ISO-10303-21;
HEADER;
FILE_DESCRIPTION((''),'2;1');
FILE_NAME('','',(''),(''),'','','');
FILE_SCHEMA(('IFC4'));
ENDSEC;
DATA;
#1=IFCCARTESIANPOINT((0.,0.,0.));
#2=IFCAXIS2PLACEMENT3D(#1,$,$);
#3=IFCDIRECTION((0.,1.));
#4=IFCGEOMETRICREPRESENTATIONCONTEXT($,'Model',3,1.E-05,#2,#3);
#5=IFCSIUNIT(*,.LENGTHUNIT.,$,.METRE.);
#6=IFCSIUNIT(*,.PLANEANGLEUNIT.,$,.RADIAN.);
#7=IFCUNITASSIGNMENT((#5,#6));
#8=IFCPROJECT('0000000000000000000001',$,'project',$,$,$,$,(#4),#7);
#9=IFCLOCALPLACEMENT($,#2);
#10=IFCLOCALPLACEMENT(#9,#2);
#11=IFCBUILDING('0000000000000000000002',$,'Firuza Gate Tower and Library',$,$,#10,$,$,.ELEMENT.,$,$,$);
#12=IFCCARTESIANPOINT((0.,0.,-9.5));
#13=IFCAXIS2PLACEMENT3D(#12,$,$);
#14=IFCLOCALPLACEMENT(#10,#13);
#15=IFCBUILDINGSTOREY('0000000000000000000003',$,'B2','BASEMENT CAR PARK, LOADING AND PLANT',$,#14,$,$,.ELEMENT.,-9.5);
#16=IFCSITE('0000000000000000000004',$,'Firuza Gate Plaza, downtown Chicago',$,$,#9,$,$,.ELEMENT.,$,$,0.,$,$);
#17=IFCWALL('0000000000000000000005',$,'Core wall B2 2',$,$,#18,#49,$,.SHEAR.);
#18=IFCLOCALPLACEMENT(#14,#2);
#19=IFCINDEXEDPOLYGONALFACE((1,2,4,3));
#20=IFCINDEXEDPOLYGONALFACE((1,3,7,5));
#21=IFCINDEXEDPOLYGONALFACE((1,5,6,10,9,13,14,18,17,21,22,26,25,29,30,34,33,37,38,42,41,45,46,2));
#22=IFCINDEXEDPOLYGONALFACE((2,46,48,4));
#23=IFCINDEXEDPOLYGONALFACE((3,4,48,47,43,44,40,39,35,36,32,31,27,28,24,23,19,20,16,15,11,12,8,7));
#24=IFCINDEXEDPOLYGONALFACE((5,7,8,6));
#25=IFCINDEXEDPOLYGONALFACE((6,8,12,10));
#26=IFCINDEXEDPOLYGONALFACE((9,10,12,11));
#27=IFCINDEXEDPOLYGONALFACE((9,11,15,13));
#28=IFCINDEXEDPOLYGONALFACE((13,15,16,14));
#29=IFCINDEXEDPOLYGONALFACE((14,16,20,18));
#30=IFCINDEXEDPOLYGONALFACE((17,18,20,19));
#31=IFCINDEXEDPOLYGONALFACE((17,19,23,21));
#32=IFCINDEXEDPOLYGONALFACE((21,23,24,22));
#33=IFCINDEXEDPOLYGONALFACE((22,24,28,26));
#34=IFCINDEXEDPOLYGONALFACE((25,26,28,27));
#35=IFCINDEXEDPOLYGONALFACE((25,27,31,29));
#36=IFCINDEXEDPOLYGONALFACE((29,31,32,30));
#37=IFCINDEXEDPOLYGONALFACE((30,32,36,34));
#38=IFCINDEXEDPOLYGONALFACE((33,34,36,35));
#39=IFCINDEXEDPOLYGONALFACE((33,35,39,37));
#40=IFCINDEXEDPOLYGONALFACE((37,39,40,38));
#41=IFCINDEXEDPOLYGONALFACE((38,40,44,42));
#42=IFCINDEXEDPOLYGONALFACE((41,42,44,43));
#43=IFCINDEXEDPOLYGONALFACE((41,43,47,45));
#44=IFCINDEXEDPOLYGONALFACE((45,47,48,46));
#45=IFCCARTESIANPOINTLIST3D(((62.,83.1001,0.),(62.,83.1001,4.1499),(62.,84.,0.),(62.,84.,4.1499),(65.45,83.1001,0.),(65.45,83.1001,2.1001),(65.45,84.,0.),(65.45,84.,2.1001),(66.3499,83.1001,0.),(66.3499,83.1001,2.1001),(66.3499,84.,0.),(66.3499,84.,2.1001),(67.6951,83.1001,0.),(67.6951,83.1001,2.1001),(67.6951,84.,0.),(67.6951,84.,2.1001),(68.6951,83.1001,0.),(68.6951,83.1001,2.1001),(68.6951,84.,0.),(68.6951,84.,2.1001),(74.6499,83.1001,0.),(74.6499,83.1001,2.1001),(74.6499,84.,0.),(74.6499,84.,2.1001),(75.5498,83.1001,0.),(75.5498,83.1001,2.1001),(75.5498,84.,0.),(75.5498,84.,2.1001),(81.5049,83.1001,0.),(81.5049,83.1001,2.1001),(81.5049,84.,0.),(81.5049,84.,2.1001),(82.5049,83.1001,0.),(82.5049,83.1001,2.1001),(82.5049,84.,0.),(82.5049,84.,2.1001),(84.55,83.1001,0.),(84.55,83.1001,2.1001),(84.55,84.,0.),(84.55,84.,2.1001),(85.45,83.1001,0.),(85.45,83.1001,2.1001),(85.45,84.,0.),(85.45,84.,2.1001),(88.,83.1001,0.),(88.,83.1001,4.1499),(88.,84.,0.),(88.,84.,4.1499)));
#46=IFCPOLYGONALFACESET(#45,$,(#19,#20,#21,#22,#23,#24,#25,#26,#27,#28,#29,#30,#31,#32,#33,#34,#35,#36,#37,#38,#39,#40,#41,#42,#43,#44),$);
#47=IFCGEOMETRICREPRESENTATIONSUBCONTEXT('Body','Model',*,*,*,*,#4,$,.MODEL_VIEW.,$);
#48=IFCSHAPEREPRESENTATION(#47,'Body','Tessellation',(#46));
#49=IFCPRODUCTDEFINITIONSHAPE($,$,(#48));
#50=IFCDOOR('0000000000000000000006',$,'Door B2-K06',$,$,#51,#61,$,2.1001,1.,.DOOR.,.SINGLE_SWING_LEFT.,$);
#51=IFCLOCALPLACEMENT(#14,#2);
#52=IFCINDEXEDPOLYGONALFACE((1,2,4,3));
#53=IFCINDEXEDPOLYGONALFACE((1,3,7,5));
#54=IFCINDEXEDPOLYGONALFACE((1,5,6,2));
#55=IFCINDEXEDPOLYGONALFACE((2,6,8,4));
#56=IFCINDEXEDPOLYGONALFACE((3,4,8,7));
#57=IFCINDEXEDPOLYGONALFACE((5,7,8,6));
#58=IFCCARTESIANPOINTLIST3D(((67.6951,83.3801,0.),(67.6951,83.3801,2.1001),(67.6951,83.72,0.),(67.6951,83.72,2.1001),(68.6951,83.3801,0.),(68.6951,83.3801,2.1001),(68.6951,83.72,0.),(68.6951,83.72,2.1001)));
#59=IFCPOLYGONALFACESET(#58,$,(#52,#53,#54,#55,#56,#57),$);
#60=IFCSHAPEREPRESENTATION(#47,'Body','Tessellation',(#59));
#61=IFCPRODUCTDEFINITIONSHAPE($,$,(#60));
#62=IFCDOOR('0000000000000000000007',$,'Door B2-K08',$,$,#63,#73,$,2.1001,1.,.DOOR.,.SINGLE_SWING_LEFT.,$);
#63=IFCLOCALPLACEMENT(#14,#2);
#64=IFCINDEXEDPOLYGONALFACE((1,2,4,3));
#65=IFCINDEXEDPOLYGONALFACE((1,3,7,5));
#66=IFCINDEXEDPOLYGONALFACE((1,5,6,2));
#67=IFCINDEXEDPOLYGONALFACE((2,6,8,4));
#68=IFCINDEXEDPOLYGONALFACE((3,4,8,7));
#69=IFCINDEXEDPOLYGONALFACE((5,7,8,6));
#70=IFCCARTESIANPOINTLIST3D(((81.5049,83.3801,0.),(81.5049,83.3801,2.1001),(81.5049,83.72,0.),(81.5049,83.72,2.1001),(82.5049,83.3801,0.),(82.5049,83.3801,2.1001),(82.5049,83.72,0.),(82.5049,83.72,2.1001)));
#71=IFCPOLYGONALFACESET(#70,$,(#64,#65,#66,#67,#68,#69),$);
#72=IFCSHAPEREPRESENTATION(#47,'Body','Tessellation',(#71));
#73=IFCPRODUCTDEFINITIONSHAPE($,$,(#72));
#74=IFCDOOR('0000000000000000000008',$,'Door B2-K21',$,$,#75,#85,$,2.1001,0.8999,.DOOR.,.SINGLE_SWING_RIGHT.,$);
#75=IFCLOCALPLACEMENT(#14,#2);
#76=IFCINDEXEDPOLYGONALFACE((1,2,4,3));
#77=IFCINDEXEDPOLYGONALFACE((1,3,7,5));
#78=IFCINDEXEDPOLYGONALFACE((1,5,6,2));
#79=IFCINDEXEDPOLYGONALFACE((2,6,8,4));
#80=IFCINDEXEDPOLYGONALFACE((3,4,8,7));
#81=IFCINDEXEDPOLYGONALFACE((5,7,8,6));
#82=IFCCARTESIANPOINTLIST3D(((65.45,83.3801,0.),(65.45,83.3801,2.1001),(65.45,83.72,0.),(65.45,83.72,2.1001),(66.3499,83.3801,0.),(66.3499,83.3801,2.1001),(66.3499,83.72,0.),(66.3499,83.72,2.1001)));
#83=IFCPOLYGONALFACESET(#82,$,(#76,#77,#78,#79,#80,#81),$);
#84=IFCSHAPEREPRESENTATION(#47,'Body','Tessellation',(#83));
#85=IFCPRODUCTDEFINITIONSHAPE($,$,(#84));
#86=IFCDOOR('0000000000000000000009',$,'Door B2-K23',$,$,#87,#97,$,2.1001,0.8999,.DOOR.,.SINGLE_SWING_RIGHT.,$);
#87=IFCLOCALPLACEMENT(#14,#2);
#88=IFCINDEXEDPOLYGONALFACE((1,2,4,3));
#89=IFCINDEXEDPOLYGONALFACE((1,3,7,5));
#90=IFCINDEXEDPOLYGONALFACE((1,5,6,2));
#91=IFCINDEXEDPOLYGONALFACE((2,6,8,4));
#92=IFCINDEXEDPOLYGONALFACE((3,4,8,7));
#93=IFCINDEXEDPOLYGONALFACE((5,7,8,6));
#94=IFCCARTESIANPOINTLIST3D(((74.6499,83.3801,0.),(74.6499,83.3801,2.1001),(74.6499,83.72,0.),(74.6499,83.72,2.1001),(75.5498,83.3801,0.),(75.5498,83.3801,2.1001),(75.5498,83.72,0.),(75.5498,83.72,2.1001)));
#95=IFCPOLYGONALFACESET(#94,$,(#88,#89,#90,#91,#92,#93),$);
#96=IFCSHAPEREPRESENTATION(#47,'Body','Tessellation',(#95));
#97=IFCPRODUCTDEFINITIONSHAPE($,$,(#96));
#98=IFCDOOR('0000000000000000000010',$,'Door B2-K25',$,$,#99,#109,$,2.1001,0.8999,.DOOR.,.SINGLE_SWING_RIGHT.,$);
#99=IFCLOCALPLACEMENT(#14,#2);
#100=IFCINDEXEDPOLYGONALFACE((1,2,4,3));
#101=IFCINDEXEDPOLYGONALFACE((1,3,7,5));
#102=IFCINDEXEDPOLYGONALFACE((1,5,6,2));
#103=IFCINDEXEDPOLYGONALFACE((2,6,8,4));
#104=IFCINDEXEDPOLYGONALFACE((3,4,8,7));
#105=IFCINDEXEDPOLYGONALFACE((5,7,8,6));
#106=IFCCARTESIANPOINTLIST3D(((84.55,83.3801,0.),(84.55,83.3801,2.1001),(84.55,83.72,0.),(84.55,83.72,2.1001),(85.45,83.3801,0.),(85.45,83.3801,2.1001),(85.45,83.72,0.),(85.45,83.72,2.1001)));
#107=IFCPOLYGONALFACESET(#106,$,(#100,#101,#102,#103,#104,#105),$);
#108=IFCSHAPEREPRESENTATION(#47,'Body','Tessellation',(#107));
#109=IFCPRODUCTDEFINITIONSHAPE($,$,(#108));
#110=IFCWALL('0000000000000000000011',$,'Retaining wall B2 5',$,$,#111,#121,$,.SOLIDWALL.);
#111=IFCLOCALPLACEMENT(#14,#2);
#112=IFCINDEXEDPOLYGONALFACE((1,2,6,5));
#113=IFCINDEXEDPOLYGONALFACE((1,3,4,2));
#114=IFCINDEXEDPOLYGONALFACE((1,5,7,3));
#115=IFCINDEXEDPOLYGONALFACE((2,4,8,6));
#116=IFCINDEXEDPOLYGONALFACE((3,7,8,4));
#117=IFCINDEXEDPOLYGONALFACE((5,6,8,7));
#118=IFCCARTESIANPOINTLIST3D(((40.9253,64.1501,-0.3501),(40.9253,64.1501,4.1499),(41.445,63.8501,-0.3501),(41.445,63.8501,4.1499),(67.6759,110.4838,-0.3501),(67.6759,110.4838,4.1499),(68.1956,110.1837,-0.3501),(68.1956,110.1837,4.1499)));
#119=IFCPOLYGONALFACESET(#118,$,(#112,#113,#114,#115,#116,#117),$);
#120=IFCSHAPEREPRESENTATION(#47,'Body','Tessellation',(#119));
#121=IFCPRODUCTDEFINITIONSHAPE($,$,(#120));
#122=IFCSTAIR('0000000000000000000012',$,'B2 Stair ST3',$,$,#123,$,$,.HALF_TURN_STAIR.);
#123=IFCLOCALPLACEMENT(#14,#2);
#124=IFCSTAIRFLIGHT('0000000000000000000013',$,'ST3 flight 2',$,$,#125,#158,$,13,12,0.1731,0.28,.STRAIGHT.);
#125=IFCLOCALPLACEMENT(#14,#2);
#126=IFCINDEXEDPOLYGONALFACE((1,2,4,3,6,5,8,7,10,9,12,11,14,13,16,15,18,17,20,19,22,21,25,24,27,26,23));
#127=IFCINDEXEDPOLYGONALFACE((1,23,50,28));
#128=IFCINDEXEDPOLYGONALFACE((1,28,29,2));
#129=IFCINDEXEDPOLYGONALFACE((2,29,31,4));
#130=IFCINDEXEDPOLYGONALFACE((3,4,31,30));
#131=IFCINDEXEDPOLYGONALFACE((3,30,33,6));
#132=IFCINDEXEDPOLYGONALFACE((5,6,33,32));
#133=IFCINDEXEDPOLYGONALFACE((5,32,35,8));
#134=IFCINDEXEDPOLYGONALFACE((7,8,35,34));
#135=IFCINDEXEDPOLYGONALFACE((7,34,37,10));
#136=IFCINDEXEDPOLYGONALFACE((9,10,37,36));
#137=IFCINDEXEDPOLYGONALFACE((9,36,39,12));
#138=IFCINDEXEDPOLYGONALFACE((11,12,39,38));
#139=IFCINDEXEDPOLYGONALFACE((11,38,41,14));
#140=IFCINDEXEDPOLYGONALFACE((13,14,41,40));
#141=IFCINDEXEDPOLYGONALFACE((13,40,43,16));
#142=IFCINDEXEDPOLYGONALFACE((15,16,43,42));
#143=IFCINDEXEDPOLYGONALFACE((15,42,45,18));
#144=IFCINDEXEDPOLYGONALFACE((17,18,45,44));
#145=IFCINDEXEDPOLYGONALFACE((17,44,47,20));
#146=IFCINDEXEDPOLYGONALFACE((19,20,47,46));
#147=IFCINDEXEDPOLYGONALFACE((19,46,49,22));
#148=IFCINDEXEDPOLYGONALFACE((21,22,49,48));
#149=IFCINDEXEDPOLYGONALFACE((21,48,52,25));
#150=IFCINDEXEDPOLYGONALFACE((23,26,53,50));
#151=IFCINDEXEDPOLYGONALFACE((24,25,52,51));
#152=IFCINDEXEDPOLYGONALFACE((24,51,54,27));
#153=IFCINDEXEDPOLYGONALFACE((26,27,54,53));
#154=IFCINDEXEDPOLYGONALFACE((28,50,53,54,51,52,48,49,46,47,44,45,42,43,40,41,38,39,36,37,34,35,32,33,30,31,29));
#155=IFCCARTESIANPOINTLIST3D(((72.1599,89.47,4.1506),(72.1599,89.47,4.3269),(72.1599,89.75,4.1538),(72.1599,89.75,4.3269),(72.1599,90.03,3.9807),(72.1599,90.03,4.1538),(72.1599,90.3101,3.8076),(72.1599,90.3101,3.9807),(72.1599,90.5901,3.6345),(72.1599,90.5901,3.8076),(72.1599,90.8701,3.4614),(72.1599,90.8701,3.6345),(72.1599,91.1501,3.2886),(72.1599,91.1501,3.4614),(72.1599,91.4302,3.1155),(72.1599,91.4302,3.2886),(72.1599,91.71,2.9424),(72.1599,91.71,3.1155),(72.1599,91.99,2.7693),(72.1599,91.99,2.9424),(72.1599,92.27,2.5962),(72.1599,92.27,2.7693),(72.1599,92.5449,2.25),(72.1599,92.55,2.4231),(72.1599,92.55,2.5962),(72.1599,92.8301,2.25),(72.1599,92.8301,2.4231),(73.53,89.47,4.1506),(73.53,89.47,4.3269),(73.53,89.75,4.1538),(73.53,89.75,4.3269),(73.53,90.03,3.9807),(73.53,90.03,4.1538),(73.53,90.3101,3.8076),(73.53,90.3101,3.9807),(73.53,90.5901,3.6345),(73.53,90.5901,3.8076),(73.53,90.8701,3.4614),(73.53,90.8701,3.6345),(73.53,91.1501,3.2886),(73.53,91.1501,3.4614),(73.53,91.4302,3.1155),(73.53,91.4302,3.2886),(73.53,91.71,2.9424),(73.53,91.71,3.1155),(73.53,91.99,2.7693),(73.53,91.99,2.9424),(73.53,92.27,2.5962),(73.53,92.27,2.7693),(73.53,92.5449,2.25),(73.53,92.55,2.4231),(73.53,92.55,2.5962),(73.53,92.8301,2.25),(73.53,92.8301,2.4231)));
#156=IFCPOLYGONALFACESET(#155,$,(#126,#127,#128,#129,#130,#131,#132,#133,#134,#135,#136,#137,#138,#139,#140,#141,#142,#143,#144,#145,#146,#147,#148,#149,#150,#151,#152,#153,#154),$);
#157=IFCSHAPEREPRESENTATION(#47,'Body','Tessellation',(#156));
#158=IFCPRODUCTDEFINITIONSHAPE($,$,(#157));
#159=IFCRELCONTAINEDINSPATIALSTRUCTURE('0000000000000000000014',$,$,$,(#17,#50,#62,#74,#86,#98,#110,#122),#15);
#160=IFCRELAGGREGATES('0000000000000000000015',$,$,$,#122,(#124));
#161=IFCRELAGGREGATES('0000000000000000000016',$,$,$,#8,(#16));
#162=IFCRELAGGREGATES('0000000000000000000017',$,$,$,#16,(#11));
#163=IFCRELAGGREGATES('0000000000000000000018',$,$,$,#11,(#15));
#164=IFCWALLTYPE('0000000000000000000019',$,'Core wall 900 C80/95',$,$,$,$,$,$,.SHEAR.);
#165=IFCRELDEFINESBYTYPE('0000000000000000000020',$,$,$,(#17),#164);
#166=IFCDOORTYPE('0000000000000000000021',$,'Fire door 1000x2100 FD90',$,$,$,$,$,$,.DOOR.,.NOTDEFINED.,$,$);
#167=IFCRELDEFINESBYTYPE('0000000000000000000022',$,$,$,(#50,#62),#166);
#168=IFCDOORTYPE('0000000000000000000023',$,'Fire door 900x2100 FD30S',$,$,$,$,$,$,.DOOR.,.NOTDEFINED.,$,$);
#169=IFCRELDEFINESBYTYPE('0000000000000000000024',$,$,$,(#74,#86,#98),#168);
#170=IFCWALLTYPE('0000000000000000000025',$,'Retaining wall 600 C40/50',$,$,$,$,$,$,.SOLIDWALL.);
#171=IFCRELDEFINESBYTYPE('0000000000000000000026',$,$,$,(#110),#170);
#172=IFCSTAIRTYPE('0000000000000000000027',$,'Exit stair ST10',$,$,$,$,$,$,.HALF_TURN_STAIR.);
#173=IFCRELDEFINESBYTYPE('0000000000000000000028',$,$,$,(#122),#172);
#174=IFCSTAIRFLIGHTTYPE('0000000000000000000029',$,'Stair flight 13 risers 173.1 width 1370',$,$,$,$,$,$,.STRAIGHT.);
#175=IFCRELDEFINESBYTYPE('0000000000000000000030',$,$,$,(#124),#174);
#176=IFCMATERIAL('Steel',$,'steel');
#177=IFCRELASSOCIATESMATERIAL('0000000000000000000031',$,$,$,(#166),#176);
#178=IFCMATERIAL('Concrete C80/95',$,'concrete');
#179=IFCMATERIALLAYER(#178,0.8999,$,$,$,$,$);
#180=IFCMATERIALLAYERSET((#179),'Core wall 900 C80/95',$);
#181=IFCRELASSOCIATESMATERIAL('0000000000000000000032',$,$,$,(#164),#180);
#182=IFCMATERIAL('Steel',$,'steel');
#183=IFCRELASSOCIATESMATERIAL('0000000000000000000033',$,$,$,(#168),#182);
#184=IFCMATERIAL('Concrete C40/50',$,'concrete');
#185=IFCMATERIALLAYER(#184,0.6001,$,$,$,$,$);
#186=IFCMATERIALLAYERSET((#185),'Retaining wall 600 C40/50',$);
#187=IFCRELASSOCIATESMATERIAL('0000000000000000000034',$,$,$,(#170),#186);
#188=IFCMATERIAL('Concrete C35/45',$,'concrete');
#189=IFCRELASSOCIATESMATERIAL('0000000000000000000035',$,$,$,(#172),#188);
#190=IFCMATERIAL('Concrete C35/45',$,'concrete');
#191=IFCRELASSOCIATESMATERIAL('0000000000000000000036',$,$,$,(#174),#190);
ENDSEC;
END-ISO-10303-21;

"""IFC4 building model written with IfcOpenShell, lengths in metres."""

from ifc_helpers import new_model, si_unit, direction, frame, frame_2d, origin, place, context, subcontext, project, spatial, polyline, rectangle, outline, extrude, material, layer, layer_set, type_object, element, fill, aggregate, save


model = new_model("IFC4")

# Units and contexts
model_context = context("Model", 3, precision=1e-05, world=origin(), true_north=direction((0.0, 1.0)))
body_context = subcontext(model_context, "Body", "Model", "MODEL_VIEW")
ifc_project = project(units=[si_unit("LENGTHUNIT", "METRE"), si_unit("PLANEANGLEUNIT", "RADIAN")], contexts=[model_context])

# Site, building, storey
site_placement = place(None, origin())
site = spatial("IfcSite", under=ifc_project, at=site_placement, Name="Firuza Gate Plaza, downtown Chicago", CompositionType="ELEMENT", RefElevation=0.0)
building_placement = place(site_placement, origin())
building = spatial("IfcBuilding", under=site, at=building_placement, Name="Firuza Gate Tower and Library", CompositionType="ELEMENT")
storey_placement = place(building_placement, frame((0.0, 0.0, -9.5)))
storey = spatial("IfcBuildingStorey", under=building, at=storey_placement, Name="B2", Description="BASEMENT CAR PARK, LOADING AND PLANT", CompositionType="ELEMENT", Elevation=-9.5)

# Shared definitions
ifc_material_1 = material(Name="Steel", Category="steel")
door_type_1 = type_object("IfcDoorType", Name="Fire door 1000x2100 FD90", OperationType="NOTDEFINED", PredefinedType="DOOR", material=ifc_material_1)

# Wall, openings, doors
ifc_material_2 = material(Name="Concrete C80/95", Category="concrete")
ifc_layer_1 = layer(ifc_material_2, 0.8999)
ifc_layer_set_1 = layer_set([ifc_layer_1], Name="Core wall 900 C80/95")
wall_type_1 = type_object("IfcWallType", Name="Core wall 900 C80/95", PredefinedType="SHEAR", material=ifc_layer_set_1)
wall_1_placement = place(storey_placement, frame((62.0, 83.55, 0.0), z_axis=(0.0, 0.0, 1.0), x_axis=(1.0, 0.0, 0.0)))
wall_1 = element("IfcWall", 1, at=wall_1_placement, inside=storey, type_object=wall_type_1, Name="Core wall B2 2", PredefinedType="SHEAR", context=body_context, shape_type="SweptSolid", body=[
    extrude(rectangle(XDim=26.0, YDim=0.8999, at=frame_2d((13.0, 0.0))), origin(), (0.0, 0.0, 1.0), 4.1499),
])
opening_1_placement = place(wall_1_placement, frame((5.6951, 0.0, 0.0)))
opening_1 = element("IfcOpeningElement", 2, at=opening_1_placement, cuts=wall_1, PredefinedType="OPENING", context=body_context, shape_type="SweptSolid", body=[
    extrude(rectangle(XDim=1.0, YDim=2.1001, at=frame_2d((0.5, 1.05))), frame((0.0, 0.46, 0.0), z_axis=(0.0, -1.0, 0.0), x_axis=(1.0, 0.0, 0.0)), (0.0, 0.0, 1.0), 0.9199),
])
opening_2_placement = place(wall_1_placement, frame((19.5049, 0.0, 0.0)))
opening_2 = element("IfcOpeningElement", 3, at=opening_2_placement, cuts=wall_1, PredefinedType="OPENING", context=body_context, shape_type="SweptSolid", body=[
    extrude(rectangle(XDim=1.0, YDim=2.1001, at=frame_2d((0.5, 1.05))), frame((0.0, 0.46, 0.0), z_axis=(0.0, -1.0, 0.0), x_axis=(1.0, 0.0, 0.0)), (0.0, 0.0, 1.0), 0.9199),
])
opening_3_placement = place(wall_1_placement, frame((3.45, 0.0, 0.0)))
opening_3 = element("IfcOpeningElement", 4, at=opening_3_placement, cuts=wall_1, PredefinedType="OPENING", context=body_context, shape_type="SweptSolid", body=[
    extrude(rectangle(XDim=0.8999, YDim=2.1001, at=frame_2d((0.45, 1.05))), frame((0.0, 0.46, 0.0), z_axis=(0.0, -1.0, 0.0), x_axis=(1.0, 0.0, 0.0)), (0.0, 0.0, 1.0), 0.9199),
])
opening_4_placement = place(wall_1_placement, frame((12.6499, 0.0, 0.0)))
opening_4 = element("IfcOpeningElement", 5, at=opening_4_placement, cuts=wall_1, PredefinedType="OPENING", context=body_context, shape_type="SweptSolid", body=[
    extrude(rectangle(XDim=0.8999, YDim=2.1001, at=frame_2d((0.45, 1.05))), frame((0.0, 0.46, 0.0), z_axis=(0.0, -1.0, 0.0), x_axis=(1.0, 0.0, 0.0)), (0.0, 0.0, 1.0), 0.9199),
])
opening_5_placement = place(wall_1_placement, frame((22.55, 0.0, 0.0)))
opening_5 = element("IfcOpeningElement", 6, at=opening_5_placement, cuts=wall_1, PredefinedType="OPENING", context=body_context, shape_type="SweptSolid", body=[
    extrude(rectangle(XDim=0.8999, YDim=2.1001, at=frame_2d((0.45, 1.05))), frame((0.0, 0.46, 0.0), z_axis=(0.0, -1.0, 0.0), x_axis=(1.0, 0.0, 0.0)), (0.0, 0.0, 1.0), 0.9199),
])
door_1_placement = place(opening_1_placement, origin())
door_1 = element("IfcDoor", 7, at=door_1_placement, inside=storey, type_object=door_type_1, Name="Door B2-K06", OperationType="SINGLE_SWING_LEFT", OverallHeight=2.1001, OverallWidth=1.0, PredefinedType="DOOR", context=body_context, shape_type="SweptSolid", body=[
    extrude(rectangle(XDim=1.0, YDim=2.1001, at=frame_2d((0.5, 1.05))), frame((0.0, 0.1699, 0.0), z_axis=(0.0, -1.0, 0.0), x_axis=(1.0, 0.0, 0.0)), (0.0, 0.0, 1.0), 0.3398),
])
fill(opening_1, door_1)
door_2_placement = place(opening_2_placement, origin())
door_2 = element("IfcDoor", 8, at=door_2_placement, inside=storey, type_object=door_type_1, Name="Door B2-K08", OperationType="SINGLE_SWING_LEFT", OverallHeight=2.1001, OverallWidth=1.0, PredefinedType="DOOR", context=body_context, shape_type="SweptSolid", body=[
    extrude(rectangle(XDim=1.0, YDim=2.1001, at=frame_2d((0.5, 1.05))), frame((0.0, 0.1699, 0.0), z_axis=(0.0, -1.0, 0.0), x_axis=(1.0, 0.0, 0.0)), (0.0, 0.0, 1.0), 0.3398),
])
fill(opening_2, door_2)
ifc_material_3 = material(Name="Steel", Category="steel")
door_type_2 = type_object("IfcDoorType", Name="Fire door 900x2100 FD30S", OperationType="NOTDEFINED", PredefinedType="DOOR", material=ifc_material_3)
door_3_placement = place(opening_3_placement, origin())
door_3 = element("IfcDoor", 9, at=door_3_placement, inside=storey, type_object=door_type_2, Name="Door B2-K21", OperationType="SINGLE_SWING_RIGHT", OverallHeight=2.1001, OverallWidth=0.8999, PredefinedType="DOOR", context=body_context, shape_type="SweptSolid", body=[
    extrude(rectangle(XDim=0.8999, YDim=2.1001, at=frame_2d((0.45, 1.05))), frame((0.0, 0.1699, 0.0), z_axis=(0.0, -1.0, 0.0), x_axis=(1.0, 0.0, 0.0)), (0.0, 0.0, 1.0), 0.3398),
])
fill(opening_3, door_3)
door_4_placement = place(opening_4_placement, origin())
door_4 = element("IfcDoor", 10, at=door_4_placement, inside=storey, type_object=door_type_2, Name="Door B2-K23", OperationType="SINGLE_SWING_RIGHT", OverallHeight=2.1001, OverallWidth=0.8999, PredefinedType="DOOR", context=body_context, shape_type="SweptSolid", body=[
    extrude(rectangle(XDim=0.8999, YDim=2.1001, at=frame_2d((0.45, 1.05))), frame((0.0, 0.1699, 0.0), z_axis=(0.0, -1.0, 0.0), x_axis=(1.0, 0.0, 0.0)), (0.0, 0.0, 1.0), 0.3398),
])
fill(opening_4, door_4)
door_5_placement = place(opening_5_placement, origin())
door_5 = element("IfcDoor", 11, at=door_5_placement, inside=storey, type_object=door_type_2, Name="Door B2-K25", OperationType="SINGLE_SWING_RIGHT", OverallHeight=2.1001, OverallWidth=0.8999, PredefinedType="DOOR", context=body_context, shape_type="SweptSolid", body=[
    extrude(rectangle(XDim=0.8999, YDim=2.1001, at=frame_2d((0.45, 1.05))), frame((0.0, 0.1699, 0.0), z_axis=(0.0, -1.0, 0.0), x_axis=(1.0, 0.0, 0.0)), (0.0, 0.0, 1.0), 0.3398),
])
fill(opening_5, door_5)

# Wall
ifc_material_4 = material(Name="Concrete C40/50", Category="concrete")
ifc_layer_2 = layer(ifc_material_4, 0.6001)
ifc_layer_set_2 = layer_set([ifc_layer_2], Name="Retaining wall 600 C40/50")
wall_type_2 = type_object("IfcWallType", Name="Retaining wall 600 C40/50", PredefinedType="SOLIDWALL", material=ifc_layer_set_2)
wall_2_placement = place(storey_placement, frame((67.9358, 110.3337, -0.3501), z_axis=(0.0, 0.0, 1.0), x_axis=(-0.499999, -0.866026, 0.0)))
element("IfcWall", 12, at=wall_2_placement, inside=storey, type_object=wall_type_2, Name="Retaining wall B2 5", PredefinedType="SOLIDWALL", context=body_context, shape_type="SweptSolid", body=[
    extrude(rectangle(XDim=53.5015, YDim=0.6001, at=frame_2d((26.7507, 0.0))), origin(), (0.0, 0.0, 1.0), 4.5),
])

# Stair, stair flight
ifc_material_5 = material(Name="Concrete C35/45", Category="concrete")
stair_type = type_object("IfcStairType", Name="Exit stair ST10", PredefinedType="HALF_TURN_STAIR", material=ifc_material_5)
stair_placement = place(storey_placement, origin())
stair = element("IfcStair", 13, at=stair_placement, inside=storey, type_object=stair_type, Name="B2 Stair ST3", PredefinedType="HALF_TURN_STAIR")
ifc_material_6 = material(Name="Concrete C35/45", Category="concrete")
stair_flight_type = type_object("IfcStairFlightType", Name="Stair flight 13 risers 173.1 width 1370", PredefinedType="STRAIGHT", material=ifc_material_6)
stair_flight_placement = place(storey_placement, frame((72.845, 92.8301, 2.25), z_axis=(0.0, 0.0, 1.0), x_axis=(0.0, -1.0, 0.0)))
stair_flight = element("IfcStairFlight", 14, at=stair_flight_placement, type_object=stair_flight_type, Name="ST3 flight 2", NumberOfRisers=13, NumberOfTreads=12, PredefinedType="STRAIGHT", RiserHeight=0.1731, TreadLength=0.28, context=body_context, shape_type="SweptSolid", body=[
    extrude(outline(polyline([(0.0, 0.0), (0.0, 0.1731), (0.28, 0.1731), (0.28, 0.3462), (0.5601, 0.3462), (0.5601, 0.5193), (0.8401, 0.5193), (0.8401, 0.6924), (1.1201, 0.6924), (1.1201, 0.8655), (1.3999, 0.8655), (1.3999, 1.0386), (1.6799, 1.0386), (1.6799, 1.2114), (1.96, 1.2114), (1.96, 1.3845), (2.24, 1.3845), (2.24, 1.5576), (2.52, 1.5576), (2.52, 1.7307), (2.8, 1.7307), (2.8, 1.9038), (3.0801, 1.9038), (3.0801, 2.0769), (3.3601, 2.0769), (3.3601, 2.25), (3.3601, 1.9006), (0.2852, 0.0), (0.0, 0.0)])), frame((0.0, 0.6851, 0.0), z_axis=(0.0, -1.0, 0.0), x_axis=(1.0, 0.0, 0.0)), (0.0, 0.0, 1.0), 1.3701),
])
aggregate(stair, [stair_flight])

save(model, "model.ifc")
